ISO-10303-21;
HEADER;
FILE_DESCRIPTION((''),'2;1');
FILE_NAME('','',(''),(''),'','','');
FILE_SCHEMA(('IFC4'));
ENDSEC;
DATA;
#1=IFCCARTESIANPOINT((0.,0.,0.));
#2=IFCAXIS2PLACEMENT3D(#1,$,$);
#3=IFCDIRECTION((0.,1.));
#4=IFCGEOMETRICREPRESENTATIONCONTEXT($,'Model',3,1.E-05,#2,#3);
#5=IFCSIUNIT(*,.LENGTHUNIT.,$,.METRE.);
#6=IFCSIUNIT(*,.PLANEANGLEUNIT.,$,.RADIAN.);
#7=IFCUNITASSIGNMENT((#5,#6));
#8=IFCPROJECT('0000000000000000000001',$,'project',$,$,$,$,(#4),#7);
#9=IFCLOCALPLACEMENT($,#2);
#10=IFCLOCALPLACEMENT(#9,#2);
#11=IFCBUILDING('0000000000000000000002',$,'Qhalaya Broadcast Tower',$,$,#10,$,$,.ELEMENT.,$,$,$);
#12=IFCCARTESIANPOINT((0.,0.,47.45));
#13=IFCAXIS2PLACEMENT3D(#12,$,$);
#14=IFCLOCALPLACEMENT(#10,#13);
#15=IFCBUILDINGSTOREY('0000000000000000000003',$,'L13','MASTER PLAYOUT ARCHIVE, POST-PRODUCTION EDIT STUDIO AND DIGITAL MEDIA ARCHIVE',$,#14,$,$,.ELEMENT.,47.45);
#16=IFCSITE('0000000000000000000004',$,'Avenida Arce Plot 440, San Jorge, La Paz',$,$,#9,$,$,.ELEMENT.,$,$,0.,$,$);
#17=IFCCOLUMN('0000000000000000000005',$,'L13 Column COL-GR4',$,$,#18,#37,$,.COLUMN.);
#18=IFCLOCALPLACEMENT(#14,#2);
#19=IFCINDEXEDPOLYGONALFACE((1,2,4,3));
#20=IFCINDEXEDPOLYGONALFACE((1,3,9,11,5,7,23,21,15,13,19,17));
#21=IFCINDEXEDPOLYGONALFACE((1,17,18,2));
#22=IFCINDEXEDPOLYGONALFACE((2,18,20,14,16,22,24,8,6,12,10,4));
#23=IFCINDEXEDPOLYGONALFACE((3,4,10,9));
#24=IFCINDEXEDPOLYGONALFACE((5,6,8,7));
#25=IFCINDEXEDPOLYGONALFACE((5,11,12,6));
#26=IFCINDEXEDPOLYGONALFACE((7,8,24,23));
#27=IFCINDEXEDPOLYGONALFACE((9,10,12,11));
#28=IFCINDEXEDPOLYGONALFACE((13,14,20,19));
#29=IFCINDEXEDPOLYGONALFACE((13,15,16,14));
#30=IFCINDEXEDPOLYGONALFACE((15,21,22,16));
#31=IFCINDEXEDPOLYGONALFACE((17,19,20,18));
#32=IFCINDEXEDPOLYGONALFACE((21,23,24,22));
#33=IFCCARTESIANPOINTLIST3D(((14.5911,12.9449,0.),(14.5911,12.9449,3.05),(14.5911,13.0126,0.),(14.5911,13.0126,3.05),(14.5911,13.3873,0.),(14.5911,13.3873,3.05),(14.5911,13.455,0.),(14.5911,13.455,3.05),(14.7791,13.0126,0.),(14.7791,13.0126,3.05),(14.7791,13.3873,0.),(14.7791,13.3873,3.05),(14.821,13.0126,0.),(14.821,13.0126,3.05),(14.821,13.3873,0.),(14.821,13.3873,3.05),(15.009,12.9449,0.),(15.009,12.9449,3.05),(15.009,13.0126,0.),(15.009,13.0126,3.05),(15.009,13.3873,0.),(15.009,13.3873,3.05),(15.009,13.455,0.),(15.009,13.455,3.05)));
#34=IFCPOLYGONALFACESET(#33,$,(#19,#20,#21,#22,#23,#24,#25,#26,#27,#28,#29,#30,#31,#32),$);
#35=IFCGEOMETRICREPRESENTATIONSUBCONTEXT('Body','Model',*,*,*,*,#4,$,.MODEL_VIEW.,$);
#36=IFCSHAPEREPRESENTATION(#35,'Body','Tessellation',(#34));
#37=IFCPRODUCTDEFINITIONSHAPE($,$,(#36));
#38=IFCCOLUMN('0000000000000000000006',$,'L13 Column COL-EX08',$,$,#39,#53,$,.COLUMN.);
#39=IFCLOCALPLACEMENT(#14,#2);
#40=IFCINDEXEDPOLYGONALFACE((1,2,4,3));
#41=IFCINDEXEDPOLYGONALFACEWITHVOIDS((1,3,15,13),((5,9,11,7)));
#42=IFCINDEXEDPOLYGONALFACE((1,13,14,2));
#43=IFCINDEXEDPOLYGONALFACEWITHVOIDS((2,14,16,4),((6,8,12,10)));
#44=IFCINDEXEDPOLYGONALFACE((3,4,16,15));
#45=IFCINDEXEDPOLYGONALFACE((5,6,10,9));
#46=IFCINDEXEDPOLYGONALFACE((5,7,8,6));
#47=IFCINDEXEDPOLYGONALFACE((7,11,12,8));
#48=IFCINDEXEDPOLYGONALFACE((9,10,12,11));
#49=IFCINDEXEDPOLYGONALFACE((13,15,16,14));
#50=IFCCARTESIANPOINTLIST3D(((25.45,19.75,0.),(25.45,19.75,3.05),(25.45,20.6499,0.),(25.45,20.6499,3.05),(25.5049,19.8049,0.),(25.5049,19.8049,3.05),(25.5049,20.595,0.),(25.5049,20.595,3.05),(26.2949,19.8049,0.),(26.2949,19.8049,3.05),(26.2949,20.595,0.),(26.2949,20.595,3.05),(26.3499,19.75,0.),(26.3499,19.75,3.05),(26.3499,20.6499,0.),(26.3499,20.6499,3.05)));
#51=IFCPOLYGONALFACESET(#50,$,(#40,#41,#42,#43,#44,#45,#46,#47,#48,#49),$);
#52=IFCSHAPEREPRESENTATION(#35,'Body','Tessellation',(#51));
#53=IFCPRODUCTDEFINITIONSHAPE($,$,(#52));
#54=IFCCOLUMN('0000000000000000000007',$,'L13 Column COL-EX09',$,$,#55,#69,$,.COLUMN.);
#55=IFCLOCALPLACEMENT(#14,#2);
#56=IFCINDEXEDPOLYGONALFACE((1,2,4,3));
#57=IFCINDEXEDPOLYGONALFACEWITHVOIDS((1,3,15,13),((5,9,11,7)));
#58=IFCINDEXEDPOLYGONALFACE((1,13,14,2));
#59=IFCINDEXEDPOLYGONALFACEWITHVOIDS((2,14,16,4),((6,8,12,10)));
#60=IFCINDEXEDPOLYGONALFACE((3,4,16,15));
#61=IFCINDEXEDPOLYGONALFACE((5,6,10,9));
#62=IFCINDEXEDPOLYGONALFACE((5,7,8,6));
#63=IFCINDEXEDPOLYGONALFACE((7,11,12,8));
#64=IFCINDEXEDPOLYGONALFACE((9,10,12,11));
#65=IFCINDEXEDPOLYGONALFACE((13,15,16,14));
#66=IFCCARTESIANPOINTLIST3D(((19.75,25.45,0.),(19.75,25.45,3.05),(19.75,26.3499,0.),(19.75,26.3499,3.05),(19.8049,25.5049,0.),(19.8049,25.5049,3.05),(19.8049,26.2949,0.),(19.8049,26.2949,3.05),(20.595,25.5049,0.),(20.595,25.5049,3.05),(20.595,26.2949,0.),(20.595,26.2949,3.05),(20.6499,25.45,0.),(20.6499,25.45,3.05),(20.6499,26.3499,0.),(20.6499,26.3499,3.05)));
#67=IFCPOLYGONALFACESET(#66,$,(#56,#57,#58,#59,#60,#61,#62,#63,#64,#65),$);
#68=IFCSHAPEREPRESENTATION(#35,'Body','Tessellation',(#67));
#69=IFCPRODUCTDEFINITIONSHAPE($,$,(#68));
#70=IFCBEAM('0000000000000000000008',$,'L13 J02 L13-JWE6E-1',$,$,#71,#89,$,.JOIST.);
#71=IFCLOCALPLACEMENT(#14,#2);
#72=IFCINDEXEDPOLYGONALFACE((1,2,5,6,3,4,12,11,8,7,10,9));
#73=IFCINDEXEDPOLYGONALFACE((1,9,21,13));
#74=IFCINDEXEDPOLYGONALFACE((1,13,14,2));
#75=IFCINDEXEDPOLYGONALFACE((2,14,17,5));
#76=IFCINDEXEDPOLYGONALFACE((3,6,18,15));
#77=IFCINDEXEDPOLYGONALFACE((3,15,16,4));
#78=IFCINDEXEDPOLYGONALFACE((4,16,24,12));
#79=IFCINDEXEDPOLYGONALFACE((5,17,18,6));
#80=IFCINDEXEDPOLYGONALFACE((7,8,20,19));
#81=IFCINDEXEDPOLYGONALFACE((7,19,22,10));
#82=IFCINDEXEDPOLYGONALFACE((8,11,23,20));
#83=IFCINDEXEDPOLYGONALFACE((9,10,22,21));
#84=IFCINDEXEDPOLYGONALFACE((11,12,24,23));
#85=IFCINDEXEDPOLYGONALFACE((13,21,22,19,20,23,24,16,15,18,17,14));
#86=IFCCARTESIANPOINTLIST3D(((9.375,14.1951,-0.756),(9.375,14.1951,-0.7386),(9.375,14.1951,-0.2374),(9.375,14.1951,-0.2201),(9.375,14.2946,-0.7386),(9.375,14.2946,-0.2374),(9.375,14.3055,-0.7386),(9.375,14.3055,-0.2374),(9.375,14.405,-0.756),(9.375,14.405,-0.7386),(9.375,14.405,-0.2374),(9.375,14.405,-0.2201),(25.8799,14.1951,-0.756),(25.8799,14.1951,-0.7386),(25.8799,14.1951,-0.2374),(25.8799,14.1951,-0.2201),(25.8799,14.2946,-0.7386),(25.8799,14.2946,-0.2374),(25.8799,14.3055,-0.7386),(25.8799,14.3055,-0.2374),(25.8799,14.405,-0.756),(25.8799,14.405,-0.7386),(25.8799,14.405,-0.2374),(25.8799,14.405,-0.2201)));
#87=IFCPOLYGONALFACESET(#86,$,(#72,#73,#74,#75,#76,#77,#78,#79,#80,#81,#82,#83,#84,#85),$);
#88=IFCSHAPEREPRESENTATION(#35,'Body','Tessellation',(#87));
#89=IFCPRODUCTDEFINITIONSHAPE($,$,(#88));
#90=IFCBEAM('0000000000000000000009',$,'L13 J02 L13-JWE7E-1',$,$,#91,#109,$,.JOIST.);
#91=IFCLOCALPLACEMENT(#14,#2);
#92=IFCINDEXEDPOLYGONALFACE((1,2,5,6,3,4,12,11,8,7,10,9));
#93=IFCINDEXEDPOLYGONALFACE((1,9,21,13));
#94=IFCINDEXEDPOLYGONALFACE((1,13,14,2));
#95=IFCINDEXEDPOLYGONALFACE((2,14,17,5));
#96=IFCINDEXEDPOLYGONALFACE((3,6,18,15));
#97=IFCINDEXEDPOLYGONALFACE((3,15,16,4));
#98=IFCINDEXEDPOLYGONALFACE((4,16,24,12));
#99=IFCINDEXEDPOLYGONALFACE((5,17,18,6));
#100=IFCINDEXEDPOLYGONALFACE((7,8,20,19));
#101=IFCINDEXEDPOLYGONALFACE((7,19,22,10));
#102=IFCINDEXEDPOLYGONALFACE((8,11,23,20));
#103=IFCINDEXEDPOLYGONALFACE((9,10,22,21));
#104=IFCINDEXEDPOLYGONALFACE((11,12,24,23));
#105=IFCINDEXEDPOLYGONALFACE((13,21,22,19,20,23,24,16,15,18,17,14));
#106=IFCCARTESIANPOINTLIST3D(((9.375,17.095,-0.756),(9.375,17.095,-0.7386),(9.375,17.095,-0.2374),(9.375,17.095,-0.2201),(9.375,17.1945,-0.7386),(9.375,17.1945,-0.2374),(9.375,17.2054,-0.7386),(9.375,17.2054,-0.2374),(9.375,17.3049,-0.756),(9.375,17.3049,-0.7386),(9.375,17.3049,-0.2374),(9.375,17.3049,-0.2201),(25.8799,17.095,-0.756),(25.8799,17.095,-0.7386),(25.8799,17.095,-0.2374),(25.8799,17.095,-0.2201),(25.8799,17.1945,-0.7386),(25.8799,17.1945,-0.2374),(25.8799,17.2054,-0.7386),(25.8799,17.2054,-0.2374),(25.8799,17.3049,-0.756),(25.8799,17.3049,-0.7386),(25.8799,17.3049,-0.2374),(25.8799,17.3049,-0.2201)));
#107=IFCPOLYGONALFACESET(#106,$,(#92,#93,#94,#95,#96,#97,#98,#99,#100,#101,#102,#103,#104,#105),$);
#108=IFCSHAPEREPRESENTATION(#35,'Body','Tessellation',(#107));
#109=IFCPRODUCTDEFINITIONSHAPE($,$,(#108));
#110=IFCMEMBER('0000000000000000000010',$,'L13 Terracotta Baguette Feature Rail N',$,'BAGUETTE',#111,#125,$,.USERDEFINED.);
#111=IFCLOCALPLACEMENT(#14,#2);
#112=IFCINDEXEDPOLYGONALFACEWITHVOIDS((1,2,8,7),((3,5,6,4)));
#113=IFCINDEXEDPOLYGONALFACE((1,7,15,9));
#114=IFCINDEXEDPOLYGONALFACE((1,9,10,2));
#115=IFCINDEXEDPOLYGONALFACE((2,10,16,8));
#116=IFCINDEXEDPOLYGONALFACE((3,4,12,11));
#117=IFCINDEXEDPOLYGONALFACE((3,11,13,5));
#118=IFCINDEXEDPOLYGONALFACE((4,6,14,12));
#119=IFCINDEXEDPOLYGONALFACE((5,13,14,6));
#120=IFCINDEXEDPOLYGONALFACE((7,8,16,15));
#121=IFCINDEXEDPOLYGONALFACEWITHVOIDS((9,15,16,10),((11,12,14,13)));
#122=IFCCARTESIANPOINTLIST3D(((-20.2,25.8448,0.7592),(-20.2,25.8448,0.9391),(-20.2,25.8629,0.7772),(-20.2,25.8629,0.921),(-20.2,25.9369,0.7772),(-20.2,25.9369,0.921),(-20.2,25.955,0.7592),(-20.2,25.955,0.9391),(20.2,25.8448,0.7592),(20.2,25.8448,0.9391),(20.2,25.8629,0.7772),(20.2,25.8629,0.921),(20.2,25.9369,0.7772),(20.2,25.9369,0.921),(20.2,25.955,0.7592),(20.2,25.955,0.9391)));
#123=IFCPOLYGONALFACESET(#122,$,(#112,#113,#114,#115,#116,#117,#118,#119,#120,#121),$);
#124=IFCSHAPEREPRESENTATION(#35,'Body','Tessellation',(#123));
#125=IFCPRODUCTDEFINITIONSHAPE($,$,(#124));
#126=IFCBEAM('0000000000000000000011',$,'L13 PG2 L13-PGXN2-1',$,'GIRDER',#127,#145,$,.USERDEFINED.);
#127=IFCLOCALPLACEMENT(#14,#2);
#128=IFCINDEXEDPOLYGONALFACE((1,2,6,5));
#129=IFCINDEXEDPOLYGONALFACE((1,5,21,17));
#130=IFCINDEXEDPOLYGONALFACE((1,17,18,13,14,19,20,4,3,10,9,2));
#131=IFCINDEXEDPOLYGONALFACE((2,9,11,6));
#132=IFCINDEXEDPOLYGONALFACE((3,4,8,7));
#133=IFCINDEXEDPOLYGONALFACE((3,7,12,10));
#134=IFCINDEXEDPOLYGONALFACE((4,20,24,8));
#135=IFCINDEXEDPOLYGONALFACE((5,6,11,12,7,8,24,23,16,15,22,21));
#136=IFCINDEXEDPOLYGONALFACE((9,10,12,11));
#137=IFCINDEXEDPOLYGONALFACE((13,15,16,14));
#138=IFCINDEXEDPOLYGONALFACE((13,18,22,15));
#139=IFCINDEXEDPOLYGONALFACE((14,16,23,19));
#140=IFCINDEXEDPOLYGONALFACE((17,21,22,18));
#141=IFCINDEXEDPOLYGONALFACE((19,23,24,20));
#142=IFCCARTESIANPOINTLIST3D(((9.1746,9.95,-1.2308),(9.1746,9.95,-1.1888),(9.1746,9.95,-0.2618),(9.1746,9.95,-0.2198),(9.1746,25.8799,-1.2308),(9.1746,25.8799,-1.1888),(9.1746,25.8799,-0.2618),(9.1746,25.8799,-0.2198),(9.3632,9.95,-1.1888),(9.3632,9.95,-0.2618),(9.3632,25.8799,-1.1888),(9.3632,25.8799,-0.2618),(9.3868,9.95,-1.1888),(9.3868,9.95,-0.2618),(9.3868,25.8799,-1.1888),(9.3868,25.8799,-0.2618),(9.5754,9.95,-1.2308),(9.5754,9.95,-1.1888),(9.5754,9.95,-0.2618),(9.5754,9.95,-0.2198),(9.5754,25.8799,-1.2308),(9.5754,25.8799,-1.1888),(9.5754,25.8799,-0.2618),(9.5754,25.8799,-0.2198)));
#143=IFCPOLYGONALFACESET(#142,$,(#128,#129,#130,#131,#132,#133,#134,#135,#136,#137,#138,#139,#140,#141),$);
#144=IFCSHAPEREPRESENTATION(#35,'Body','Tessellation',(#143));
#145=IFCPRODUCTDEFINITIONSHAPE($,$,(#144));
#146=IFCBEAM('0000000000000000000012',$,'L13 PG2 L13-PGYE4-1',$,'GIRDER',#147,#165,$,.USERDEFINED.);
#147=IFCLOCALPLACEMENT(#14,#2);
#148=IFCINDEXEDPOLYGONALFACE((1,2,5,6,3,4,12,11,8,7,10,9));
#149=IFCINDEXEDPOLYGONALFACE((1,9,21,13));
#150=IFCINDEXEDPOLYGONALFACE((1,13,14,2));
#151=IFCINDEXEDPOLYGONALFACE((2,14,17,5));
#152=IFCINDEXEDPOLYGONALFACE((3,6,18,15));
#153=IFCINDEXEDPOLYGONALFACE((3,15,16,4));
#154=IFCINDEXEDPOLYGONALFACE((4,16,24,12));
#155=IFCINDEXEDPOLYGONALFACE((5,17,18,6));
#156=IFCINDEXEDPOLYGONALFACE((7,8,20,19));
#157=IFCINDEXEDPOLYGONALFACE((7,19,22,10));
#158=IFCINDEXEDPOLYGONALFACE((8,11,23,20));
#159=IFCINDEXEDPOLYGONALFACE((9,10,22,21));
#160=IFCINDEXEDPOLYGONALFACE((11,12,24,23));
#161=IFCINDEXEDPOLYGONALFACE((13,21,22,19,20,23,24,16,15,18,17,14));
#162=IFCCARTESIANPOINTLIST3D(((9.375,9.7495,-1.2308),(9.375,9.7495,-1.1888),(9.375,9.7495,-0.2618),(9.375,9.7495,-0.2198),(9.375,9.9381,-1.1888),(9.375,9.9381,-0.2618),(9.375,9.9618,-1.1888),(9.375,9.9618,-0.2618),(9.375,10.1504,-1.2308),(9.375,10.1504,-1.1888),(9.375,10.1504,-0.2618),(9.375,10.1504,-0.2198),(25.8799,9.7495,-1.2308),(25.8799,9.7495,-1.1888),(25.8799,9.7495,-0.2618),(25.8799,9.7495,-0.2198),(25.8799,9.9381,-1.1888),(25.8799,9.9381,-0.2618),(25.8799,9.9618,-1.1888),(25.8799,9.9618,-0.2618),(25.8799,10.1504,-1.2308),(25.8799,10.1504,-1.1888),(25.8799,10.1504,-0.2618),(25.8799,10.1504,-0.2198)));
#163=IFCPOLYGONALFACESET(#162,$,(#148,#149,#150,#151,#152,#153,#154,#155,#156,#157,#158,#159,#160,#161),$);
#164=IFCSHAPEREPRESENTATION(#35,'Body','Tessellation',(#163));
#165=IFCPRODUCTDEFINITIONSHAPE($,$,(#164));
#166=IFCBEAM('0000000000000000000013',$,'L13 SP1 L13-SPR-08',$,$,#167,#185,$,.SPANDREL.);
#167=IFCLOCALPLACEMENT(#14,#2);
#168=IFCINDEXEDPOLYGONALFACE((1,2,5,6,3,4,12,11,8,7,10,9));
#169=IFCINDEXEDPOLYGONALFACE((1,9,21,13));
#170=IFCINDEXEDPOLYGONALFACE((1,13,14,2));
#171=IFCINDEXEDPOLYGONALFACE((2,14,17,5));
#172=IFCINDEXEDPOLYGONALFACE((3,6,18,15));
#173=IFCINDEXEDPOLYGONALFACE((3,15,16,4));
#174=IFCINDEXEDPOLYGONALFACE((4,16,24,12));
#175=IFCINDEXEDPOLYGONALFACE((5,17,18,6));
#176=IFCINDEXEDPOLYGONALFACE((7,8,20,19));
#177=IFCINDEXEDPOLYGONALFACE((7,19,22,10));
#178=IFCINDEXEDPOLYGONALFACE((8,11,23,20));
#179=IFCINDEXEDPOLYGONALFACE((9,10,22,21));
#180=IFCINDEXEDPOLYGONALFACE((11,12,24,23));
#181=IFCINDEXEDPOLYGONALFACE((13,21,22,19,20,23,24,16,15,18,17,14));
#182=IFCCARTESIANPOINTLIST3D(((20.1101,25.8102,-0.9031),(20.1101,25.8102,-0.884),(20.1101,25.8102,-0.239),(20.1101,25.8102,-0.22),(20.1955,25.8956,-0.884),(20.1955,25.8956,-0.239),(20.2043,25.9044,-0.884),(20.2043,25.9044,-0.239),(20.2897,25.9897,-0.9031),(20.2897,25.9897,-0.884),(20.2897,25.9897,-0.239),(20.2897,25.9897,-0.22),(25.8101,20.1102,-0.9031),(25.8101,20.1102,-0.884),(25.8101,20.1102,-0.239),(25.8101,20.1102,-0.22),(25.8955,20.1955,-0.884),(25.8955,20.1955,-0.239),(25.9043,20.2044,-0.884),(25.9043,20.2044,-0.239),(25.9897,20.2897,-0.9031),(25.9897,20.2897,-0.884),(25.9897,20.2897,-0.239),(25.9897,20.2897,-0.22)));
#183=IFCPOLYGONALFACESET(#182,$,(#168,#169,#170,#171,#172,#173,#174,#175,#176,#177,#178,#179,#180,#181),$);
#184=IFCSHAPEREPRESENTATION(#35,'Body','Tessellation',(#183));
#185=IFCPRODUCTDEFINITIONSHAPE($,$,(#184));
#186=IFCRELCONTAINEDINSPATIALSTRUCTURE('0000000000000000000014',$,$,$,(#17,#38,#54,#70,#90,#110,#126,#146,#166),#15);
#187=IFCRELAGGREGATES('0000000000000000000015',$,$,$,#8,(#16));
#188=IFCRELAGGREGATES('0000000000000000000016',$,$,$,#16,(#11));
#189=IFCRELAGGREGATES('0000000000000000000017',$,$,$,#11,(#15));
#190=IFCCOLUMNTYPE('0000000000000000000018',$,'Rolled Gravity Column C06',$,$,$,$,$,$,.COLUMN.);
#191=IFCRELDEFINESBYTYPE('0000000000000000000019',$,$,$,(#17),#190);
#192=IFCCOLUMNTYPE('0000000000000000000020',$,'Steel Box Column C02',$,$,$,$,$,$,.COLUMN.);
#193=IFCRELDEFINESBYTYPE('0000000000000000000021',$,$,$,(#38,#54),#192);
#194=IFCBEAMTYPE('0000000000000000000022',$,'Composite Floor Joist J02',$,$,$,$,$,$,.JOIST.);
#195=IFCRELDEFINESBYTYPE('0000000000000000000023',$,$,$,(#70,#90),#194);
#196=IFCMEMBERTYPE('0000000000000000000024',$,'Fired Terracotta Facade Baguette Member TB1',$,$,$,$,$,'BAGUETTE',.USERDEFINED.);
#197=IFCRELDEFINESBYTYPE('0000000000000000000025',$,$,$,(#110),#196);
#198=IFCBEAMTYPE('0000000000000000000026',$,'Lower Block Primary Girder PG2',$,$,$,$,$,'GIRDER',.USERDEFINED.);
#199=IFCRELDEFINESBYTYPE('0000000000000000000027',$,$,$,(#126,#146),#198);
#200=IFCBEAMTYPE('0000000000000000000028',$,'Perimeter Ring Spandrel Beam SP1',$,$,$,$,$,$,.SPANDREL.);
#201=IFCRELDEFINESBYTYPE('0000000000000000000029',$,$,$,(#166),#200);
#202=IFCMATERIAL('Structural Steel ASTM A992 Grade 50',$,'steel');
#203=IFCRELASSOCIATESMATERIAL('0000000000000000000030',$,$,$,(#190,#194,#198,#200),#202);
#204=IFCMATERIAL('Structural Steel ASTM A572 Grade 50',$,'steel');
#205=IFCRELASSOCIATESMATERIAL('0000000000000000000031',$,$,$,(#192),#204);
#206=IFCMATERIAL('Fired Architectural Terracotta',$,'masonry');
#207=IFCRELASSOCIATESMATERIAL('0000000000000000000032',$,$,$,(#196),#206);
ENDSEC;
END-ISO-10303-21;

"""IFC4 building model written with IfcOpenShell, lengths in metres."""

from ifc_helpers import new_model, si_unit, direction, frame, origin, origin_2d, place, context, subcontext, project, spatial, hollow_rectangle, i_section, extrude, material, material_profile, profile_set, type_object, element, save


model = new_model("IFC4")

# Units and contexts
model_context = context("Model", 3, precision=1e-05, world=origin(), true_north=direction((0.0, 1.0)))
body_context = subcontext(model_context, "Body", "Model", "MODEL_VIEW")
ifc_project = project(units=[si_unit("LENGTHUNIT", "METRE"), si_unit("PLANEANGLEUNIT", "RADIAN")], contexts=[model_context])

# Site, building, storey
site_placement = place(None, origin())
site = spatial("IfcSite", under=ifc_project, at=site_placement, Name="Avenida Arce Plot 440, San Jorge, La Paz", CompositionType="ELEMENT", RefElevation=0.0)
building_placement = place(site_placement, origin())
building = spatial("IfcBuilding", under=site, at=building_placement, Name="Qhalaya Broadcast Tower", CompositionType="ELEMENT")
storey_placement = place(building_placement, frame((0.0, 0.0, 47.45)))
storey = spatial("IfcBuildingStorey", under=building, at=storey_placement, Name="L13", Description="MASTER PLAYOUT ARCHIVE, POST-PRODUCTION EDIT STUDIO AND DIGITAL MEDIA ARCHIVE", CompositionType="ELEMENT", Elevation=47.45)

# Columns
ifc_material_1 = material(Name="Structural Steel ASTM A992 Grade 50", Category="steel")
ifc_material_profile_1 = material_profile(ifc_material_1, i_section(OverallWidth=0.418, OverallDepth=0.51, WebThickness=0.042, FlangeThickness=0.0676, at=origin_2d()), Name="W14X370")
ifc_profile_set_1 = profile_set([ifc_material_profile_1], Name="Structural Steel ASTM A992 Grade 50")
column_type_1 = type_object("IfcColumnType", Name="Rolled Gravity Column C06", PredefinedType="COLUMN", material=ifc_profile_set_1)
column_placement = place(storey_placement, frame((14.8, 13.2, 0.0), z_axis=(0.0, 0.0, 1.0), x_axis=(1.0, 0.0, 0.0)))
element("IfcColumn", 1, at=column_placement, inside=storey, type_object=column_type_1, Name="L13 Column COL-GR4", PredefinedType="COLUMN", context=body_context, shape_type="SweptSolid", body=[
    extrude(i_section(OverallWidth=0.418, OverallDepth=0.51, WebThickness=0.042, FlangeThickness=0.0676, at=origin_2d()), origin(), (0.0, 0.0, 1.0), 3.05),
])
ifc_material_2 = material(Name="Structural Steel ASTM A572 Grade 50", Category="steel")
ifc_material_profile_2 = material_profile(ifc_material_2, hollow_rectangle(XDim=0.8999, YDim=0.8999, WallThickness=0.0549, at=origin_2d()), Name="BOX 900x900x55")
ifc_profile_set_2 = profile_set([ifc_material_profile_2], Name="Structural Steel ASTM A572 Grade 50")
column_type_2 = type_object("IfcColumnType", Name="Steel Box Column C02", PredefinedType="COLUMN", material=ifc_profile_set_2)
for number, where, z_axis, x_axis, name in (
    (2, (25.8999, 20.2, 0.0), (0.0, 0.0, 1.0), (0.0, 1.0, 0.0), "L13 Column COL-EX08"),
    (3, (20.2, 25.8999, 0.0), (0.0, 0.0, 1.0), (1.0, 0.0, 0.0), "L13 Column COL-EX09"),
):
    element("IfcColumn", number, at=place(storey_placement, frame(where, z_axis=z_axis, x_axis=x_axis)), inside=storey, type_object=column_type_2, Name=name, PredefinedType="COLUMN", context=body_context, shape_type="SweptSolid", body=[
        extrude(hollow_rectangle(XDim=0.8999, YDim=0.8999, WallThickness=0.0549, at=origin_2d()), origin(), (0.0, 0.0, 1.0), 3.05),
    ])

# Beams
ifc_material_profile_3 = material_profile(ifc_material_1, i_section(OverallWidth=0.21, OverallDepth=0.5359, WebThickness=0.011, FlangeThickness=0.0173, at=origin_2d()), Name="W21X68")
ifc_profile_set_3 = profile_set([ifc_material_profile_3], Name="Structural Steel ASTM A992 Grade 50")
beam_type_1 = type_object("IfcBeamType", Name="Composite Floor Joist J02", PredefinedType="JOIST", material=ifc_profile_set_3)
for number, where, z_axis, x_axis, name in (
    (4, (9.375, 14.3, -0.488), (1.0, 0.0, 0.0), (0.0, 1.0, 0.0), "L13 J02 L13-JWE6E-1"),
    (5, (9.375, 17.2, -0.488), (1.0, 0.0, 0.0), (0.0, 1.0, 0.0), "L13 J02 L13-JWE7E-1"),
):
    element("IfcBeam", number, at=place(storey_placement, frame(where, z_axis=z_axis, x_axis=x_axis)), inside=storey, type_object=beam_type_1, Name=name, PredefinedType="JOIST", context=body_context, shape_type="SweptSolid", body=[
        extrude(i_section(OverallWidth=0.21, OverallDepth=0.5359, WebThickness=0.011, FlangeThickness=0.0173, at=origin_2d()), origin(), (0.0, 0.0, 1.0), 16.5049),
    ])

# Member
ifc_material_3 = material(Name="Fired Architectural Terracotta", Category="masonry")
ifc_material_profile_4 = material_profile(ifc_material_3, hollow_rectangle(XDim=0.1101, YDim=0.1799, WallThickness=0.0181, at=origin_2d()), Name="TB-BAG 110x180x18")
ifc_profile_set_4 = profile_set([ifc_material_profile_4], Name="Fired Architectural Terracotta")
member_type = type_object("IfcMemberType", Name="Fired Terracotta Facade Baguette Member TB1", ElementType="BAGUETTE", PredefinedType="USERDEFINED", material=ifc_profile_set_4)
member_placement = place(storey_placement, frame((20.2, 25.8999, 0.8491), z_axis=(-1.0, 0.0, 0.0), x_axis=(0.0, -1.0, 0.0)))
element("IfcMember", 6, at=member_placement, inside=storey, type_object=member_type, Name="L13 Terracotta Baguette Feature Rail N", ObjectType="BAGUETTE", PredefinedType="USERDEFINED", context=body_context, shape_type="SweptSolid", body=[
    extrude(hollow_rectangle(XDim=0.1101, YDim=0.1799, WallThickness=0.0181, at=origin_2d()), origin(), (0.0, 0.0, 1.0), 40.3999),
])

# Beams
ifc_material_profile_5 = material_profile(ifc_material_1, i_section(OverallWidth=0.4009, OverallDepth=1.011, WebThickness=0.0237, FlangeThickness=0.042, at=origin_2d()), Name="W40X297")
ifc_profile_set_5 = profile_set([ifc_material_profile_5], Name="Structural Steel ASTM A992 Grade 50")
beam_type_2 = type_object("IfcBeamType", Name="Lower Block Primary Girder PG2", ElementType="GIRDER", PredefinedType="USERDEFINED", material=ifc_profile_set_5)
beam_1_placement = place(storey_placement, frame((9.375, 9.95, -0.7253), z_axis=(0.0, 1.0, 0.0), x_axis=(-1.0, 0.0, 0.0)))
element("IfcBeam", 7, at=beam_1_placement, inside=storey, type_object=beam_type_2, Name="L13 PG2 L13-PGXN2-1", ObjectType="GIRDER", PredefinedType="USERDEFINED", context=body_context, shape_type="SweptSolid", body=[
    extrude(i_section(OverallWidth=0.4009, OverallDepth=1.011, WebThickness=0.0237, FlangeThickness=0.042, at=origin_2d()), origin(), (0.0, 0.0, 1.0), 15.9299),
])
beam_2_placement = place(storey_placement, frame((9.375, 9.95, -0.7253), z_axis=(1.0, 0.0, 0.0), x_axis=(0.0, 1.0, 0.0)))
element("IfcBeam", 8, at=beam_2_placement, inside=storey, type_object=beam_type_2, Name="L13 PG2 L13-PGYE4-1", ObjectType="GIRDER", PredefinedType="USERDEFINED", context=body_context, shape_type="SweptSolid", body=[
    extrude(i_section(OverallWidth=0.4009, OverallDepth=1.011, WebThickness=0.0237, FlangeThickness=0.042, at=origin_2d()), origin(), (0.0, 0.0, 1.0), 16.5049),
])
ifc_material_profile_6 = material_profile(ifc_material_1, i_section(OverallWidth=0.2539, OverallDepth=0.6831, WebThickness=0.0125, FlangeThickness=0.019, at=origin_2d()), Name="W27X94")
ifc_profile_set_6 = profile_set([ifc_material_profile_6], Name="Structural Steel ASTM A992 Grade 50")
beam_type_3 = type_object("IfcBeamType", Name="Perimeter Ring Spandrel Beam SP1", PredefinedType="SPANDREL", material=ifc_profile_set_6)
beam_3_placement = place(storey_placement, frame((25.8999, 20.2, -0.5615), z_axis=(-0.707107, 0.707107, 0.0), x_axis=(-0.707107, -0.707107, 0.0)))
element("IfcBeam", 9, at=beam_3_placement, inside=storey, type_object=beam_type_3, Name="L13 SP1 L13-SPR-08", PredefinedType="SPANDREL", context=body_context, shape_type="SweptSolid", body=[
    extrude(i_section(OverallWidth=0.2539, OverallDepth=0.6831, WebThickness=0.0125, FlangeThickness=0.019, at=origin_2d()), origin(), (0.0, 0.0, 1.0), 8.061),
])

save(model, "model.ifc")
